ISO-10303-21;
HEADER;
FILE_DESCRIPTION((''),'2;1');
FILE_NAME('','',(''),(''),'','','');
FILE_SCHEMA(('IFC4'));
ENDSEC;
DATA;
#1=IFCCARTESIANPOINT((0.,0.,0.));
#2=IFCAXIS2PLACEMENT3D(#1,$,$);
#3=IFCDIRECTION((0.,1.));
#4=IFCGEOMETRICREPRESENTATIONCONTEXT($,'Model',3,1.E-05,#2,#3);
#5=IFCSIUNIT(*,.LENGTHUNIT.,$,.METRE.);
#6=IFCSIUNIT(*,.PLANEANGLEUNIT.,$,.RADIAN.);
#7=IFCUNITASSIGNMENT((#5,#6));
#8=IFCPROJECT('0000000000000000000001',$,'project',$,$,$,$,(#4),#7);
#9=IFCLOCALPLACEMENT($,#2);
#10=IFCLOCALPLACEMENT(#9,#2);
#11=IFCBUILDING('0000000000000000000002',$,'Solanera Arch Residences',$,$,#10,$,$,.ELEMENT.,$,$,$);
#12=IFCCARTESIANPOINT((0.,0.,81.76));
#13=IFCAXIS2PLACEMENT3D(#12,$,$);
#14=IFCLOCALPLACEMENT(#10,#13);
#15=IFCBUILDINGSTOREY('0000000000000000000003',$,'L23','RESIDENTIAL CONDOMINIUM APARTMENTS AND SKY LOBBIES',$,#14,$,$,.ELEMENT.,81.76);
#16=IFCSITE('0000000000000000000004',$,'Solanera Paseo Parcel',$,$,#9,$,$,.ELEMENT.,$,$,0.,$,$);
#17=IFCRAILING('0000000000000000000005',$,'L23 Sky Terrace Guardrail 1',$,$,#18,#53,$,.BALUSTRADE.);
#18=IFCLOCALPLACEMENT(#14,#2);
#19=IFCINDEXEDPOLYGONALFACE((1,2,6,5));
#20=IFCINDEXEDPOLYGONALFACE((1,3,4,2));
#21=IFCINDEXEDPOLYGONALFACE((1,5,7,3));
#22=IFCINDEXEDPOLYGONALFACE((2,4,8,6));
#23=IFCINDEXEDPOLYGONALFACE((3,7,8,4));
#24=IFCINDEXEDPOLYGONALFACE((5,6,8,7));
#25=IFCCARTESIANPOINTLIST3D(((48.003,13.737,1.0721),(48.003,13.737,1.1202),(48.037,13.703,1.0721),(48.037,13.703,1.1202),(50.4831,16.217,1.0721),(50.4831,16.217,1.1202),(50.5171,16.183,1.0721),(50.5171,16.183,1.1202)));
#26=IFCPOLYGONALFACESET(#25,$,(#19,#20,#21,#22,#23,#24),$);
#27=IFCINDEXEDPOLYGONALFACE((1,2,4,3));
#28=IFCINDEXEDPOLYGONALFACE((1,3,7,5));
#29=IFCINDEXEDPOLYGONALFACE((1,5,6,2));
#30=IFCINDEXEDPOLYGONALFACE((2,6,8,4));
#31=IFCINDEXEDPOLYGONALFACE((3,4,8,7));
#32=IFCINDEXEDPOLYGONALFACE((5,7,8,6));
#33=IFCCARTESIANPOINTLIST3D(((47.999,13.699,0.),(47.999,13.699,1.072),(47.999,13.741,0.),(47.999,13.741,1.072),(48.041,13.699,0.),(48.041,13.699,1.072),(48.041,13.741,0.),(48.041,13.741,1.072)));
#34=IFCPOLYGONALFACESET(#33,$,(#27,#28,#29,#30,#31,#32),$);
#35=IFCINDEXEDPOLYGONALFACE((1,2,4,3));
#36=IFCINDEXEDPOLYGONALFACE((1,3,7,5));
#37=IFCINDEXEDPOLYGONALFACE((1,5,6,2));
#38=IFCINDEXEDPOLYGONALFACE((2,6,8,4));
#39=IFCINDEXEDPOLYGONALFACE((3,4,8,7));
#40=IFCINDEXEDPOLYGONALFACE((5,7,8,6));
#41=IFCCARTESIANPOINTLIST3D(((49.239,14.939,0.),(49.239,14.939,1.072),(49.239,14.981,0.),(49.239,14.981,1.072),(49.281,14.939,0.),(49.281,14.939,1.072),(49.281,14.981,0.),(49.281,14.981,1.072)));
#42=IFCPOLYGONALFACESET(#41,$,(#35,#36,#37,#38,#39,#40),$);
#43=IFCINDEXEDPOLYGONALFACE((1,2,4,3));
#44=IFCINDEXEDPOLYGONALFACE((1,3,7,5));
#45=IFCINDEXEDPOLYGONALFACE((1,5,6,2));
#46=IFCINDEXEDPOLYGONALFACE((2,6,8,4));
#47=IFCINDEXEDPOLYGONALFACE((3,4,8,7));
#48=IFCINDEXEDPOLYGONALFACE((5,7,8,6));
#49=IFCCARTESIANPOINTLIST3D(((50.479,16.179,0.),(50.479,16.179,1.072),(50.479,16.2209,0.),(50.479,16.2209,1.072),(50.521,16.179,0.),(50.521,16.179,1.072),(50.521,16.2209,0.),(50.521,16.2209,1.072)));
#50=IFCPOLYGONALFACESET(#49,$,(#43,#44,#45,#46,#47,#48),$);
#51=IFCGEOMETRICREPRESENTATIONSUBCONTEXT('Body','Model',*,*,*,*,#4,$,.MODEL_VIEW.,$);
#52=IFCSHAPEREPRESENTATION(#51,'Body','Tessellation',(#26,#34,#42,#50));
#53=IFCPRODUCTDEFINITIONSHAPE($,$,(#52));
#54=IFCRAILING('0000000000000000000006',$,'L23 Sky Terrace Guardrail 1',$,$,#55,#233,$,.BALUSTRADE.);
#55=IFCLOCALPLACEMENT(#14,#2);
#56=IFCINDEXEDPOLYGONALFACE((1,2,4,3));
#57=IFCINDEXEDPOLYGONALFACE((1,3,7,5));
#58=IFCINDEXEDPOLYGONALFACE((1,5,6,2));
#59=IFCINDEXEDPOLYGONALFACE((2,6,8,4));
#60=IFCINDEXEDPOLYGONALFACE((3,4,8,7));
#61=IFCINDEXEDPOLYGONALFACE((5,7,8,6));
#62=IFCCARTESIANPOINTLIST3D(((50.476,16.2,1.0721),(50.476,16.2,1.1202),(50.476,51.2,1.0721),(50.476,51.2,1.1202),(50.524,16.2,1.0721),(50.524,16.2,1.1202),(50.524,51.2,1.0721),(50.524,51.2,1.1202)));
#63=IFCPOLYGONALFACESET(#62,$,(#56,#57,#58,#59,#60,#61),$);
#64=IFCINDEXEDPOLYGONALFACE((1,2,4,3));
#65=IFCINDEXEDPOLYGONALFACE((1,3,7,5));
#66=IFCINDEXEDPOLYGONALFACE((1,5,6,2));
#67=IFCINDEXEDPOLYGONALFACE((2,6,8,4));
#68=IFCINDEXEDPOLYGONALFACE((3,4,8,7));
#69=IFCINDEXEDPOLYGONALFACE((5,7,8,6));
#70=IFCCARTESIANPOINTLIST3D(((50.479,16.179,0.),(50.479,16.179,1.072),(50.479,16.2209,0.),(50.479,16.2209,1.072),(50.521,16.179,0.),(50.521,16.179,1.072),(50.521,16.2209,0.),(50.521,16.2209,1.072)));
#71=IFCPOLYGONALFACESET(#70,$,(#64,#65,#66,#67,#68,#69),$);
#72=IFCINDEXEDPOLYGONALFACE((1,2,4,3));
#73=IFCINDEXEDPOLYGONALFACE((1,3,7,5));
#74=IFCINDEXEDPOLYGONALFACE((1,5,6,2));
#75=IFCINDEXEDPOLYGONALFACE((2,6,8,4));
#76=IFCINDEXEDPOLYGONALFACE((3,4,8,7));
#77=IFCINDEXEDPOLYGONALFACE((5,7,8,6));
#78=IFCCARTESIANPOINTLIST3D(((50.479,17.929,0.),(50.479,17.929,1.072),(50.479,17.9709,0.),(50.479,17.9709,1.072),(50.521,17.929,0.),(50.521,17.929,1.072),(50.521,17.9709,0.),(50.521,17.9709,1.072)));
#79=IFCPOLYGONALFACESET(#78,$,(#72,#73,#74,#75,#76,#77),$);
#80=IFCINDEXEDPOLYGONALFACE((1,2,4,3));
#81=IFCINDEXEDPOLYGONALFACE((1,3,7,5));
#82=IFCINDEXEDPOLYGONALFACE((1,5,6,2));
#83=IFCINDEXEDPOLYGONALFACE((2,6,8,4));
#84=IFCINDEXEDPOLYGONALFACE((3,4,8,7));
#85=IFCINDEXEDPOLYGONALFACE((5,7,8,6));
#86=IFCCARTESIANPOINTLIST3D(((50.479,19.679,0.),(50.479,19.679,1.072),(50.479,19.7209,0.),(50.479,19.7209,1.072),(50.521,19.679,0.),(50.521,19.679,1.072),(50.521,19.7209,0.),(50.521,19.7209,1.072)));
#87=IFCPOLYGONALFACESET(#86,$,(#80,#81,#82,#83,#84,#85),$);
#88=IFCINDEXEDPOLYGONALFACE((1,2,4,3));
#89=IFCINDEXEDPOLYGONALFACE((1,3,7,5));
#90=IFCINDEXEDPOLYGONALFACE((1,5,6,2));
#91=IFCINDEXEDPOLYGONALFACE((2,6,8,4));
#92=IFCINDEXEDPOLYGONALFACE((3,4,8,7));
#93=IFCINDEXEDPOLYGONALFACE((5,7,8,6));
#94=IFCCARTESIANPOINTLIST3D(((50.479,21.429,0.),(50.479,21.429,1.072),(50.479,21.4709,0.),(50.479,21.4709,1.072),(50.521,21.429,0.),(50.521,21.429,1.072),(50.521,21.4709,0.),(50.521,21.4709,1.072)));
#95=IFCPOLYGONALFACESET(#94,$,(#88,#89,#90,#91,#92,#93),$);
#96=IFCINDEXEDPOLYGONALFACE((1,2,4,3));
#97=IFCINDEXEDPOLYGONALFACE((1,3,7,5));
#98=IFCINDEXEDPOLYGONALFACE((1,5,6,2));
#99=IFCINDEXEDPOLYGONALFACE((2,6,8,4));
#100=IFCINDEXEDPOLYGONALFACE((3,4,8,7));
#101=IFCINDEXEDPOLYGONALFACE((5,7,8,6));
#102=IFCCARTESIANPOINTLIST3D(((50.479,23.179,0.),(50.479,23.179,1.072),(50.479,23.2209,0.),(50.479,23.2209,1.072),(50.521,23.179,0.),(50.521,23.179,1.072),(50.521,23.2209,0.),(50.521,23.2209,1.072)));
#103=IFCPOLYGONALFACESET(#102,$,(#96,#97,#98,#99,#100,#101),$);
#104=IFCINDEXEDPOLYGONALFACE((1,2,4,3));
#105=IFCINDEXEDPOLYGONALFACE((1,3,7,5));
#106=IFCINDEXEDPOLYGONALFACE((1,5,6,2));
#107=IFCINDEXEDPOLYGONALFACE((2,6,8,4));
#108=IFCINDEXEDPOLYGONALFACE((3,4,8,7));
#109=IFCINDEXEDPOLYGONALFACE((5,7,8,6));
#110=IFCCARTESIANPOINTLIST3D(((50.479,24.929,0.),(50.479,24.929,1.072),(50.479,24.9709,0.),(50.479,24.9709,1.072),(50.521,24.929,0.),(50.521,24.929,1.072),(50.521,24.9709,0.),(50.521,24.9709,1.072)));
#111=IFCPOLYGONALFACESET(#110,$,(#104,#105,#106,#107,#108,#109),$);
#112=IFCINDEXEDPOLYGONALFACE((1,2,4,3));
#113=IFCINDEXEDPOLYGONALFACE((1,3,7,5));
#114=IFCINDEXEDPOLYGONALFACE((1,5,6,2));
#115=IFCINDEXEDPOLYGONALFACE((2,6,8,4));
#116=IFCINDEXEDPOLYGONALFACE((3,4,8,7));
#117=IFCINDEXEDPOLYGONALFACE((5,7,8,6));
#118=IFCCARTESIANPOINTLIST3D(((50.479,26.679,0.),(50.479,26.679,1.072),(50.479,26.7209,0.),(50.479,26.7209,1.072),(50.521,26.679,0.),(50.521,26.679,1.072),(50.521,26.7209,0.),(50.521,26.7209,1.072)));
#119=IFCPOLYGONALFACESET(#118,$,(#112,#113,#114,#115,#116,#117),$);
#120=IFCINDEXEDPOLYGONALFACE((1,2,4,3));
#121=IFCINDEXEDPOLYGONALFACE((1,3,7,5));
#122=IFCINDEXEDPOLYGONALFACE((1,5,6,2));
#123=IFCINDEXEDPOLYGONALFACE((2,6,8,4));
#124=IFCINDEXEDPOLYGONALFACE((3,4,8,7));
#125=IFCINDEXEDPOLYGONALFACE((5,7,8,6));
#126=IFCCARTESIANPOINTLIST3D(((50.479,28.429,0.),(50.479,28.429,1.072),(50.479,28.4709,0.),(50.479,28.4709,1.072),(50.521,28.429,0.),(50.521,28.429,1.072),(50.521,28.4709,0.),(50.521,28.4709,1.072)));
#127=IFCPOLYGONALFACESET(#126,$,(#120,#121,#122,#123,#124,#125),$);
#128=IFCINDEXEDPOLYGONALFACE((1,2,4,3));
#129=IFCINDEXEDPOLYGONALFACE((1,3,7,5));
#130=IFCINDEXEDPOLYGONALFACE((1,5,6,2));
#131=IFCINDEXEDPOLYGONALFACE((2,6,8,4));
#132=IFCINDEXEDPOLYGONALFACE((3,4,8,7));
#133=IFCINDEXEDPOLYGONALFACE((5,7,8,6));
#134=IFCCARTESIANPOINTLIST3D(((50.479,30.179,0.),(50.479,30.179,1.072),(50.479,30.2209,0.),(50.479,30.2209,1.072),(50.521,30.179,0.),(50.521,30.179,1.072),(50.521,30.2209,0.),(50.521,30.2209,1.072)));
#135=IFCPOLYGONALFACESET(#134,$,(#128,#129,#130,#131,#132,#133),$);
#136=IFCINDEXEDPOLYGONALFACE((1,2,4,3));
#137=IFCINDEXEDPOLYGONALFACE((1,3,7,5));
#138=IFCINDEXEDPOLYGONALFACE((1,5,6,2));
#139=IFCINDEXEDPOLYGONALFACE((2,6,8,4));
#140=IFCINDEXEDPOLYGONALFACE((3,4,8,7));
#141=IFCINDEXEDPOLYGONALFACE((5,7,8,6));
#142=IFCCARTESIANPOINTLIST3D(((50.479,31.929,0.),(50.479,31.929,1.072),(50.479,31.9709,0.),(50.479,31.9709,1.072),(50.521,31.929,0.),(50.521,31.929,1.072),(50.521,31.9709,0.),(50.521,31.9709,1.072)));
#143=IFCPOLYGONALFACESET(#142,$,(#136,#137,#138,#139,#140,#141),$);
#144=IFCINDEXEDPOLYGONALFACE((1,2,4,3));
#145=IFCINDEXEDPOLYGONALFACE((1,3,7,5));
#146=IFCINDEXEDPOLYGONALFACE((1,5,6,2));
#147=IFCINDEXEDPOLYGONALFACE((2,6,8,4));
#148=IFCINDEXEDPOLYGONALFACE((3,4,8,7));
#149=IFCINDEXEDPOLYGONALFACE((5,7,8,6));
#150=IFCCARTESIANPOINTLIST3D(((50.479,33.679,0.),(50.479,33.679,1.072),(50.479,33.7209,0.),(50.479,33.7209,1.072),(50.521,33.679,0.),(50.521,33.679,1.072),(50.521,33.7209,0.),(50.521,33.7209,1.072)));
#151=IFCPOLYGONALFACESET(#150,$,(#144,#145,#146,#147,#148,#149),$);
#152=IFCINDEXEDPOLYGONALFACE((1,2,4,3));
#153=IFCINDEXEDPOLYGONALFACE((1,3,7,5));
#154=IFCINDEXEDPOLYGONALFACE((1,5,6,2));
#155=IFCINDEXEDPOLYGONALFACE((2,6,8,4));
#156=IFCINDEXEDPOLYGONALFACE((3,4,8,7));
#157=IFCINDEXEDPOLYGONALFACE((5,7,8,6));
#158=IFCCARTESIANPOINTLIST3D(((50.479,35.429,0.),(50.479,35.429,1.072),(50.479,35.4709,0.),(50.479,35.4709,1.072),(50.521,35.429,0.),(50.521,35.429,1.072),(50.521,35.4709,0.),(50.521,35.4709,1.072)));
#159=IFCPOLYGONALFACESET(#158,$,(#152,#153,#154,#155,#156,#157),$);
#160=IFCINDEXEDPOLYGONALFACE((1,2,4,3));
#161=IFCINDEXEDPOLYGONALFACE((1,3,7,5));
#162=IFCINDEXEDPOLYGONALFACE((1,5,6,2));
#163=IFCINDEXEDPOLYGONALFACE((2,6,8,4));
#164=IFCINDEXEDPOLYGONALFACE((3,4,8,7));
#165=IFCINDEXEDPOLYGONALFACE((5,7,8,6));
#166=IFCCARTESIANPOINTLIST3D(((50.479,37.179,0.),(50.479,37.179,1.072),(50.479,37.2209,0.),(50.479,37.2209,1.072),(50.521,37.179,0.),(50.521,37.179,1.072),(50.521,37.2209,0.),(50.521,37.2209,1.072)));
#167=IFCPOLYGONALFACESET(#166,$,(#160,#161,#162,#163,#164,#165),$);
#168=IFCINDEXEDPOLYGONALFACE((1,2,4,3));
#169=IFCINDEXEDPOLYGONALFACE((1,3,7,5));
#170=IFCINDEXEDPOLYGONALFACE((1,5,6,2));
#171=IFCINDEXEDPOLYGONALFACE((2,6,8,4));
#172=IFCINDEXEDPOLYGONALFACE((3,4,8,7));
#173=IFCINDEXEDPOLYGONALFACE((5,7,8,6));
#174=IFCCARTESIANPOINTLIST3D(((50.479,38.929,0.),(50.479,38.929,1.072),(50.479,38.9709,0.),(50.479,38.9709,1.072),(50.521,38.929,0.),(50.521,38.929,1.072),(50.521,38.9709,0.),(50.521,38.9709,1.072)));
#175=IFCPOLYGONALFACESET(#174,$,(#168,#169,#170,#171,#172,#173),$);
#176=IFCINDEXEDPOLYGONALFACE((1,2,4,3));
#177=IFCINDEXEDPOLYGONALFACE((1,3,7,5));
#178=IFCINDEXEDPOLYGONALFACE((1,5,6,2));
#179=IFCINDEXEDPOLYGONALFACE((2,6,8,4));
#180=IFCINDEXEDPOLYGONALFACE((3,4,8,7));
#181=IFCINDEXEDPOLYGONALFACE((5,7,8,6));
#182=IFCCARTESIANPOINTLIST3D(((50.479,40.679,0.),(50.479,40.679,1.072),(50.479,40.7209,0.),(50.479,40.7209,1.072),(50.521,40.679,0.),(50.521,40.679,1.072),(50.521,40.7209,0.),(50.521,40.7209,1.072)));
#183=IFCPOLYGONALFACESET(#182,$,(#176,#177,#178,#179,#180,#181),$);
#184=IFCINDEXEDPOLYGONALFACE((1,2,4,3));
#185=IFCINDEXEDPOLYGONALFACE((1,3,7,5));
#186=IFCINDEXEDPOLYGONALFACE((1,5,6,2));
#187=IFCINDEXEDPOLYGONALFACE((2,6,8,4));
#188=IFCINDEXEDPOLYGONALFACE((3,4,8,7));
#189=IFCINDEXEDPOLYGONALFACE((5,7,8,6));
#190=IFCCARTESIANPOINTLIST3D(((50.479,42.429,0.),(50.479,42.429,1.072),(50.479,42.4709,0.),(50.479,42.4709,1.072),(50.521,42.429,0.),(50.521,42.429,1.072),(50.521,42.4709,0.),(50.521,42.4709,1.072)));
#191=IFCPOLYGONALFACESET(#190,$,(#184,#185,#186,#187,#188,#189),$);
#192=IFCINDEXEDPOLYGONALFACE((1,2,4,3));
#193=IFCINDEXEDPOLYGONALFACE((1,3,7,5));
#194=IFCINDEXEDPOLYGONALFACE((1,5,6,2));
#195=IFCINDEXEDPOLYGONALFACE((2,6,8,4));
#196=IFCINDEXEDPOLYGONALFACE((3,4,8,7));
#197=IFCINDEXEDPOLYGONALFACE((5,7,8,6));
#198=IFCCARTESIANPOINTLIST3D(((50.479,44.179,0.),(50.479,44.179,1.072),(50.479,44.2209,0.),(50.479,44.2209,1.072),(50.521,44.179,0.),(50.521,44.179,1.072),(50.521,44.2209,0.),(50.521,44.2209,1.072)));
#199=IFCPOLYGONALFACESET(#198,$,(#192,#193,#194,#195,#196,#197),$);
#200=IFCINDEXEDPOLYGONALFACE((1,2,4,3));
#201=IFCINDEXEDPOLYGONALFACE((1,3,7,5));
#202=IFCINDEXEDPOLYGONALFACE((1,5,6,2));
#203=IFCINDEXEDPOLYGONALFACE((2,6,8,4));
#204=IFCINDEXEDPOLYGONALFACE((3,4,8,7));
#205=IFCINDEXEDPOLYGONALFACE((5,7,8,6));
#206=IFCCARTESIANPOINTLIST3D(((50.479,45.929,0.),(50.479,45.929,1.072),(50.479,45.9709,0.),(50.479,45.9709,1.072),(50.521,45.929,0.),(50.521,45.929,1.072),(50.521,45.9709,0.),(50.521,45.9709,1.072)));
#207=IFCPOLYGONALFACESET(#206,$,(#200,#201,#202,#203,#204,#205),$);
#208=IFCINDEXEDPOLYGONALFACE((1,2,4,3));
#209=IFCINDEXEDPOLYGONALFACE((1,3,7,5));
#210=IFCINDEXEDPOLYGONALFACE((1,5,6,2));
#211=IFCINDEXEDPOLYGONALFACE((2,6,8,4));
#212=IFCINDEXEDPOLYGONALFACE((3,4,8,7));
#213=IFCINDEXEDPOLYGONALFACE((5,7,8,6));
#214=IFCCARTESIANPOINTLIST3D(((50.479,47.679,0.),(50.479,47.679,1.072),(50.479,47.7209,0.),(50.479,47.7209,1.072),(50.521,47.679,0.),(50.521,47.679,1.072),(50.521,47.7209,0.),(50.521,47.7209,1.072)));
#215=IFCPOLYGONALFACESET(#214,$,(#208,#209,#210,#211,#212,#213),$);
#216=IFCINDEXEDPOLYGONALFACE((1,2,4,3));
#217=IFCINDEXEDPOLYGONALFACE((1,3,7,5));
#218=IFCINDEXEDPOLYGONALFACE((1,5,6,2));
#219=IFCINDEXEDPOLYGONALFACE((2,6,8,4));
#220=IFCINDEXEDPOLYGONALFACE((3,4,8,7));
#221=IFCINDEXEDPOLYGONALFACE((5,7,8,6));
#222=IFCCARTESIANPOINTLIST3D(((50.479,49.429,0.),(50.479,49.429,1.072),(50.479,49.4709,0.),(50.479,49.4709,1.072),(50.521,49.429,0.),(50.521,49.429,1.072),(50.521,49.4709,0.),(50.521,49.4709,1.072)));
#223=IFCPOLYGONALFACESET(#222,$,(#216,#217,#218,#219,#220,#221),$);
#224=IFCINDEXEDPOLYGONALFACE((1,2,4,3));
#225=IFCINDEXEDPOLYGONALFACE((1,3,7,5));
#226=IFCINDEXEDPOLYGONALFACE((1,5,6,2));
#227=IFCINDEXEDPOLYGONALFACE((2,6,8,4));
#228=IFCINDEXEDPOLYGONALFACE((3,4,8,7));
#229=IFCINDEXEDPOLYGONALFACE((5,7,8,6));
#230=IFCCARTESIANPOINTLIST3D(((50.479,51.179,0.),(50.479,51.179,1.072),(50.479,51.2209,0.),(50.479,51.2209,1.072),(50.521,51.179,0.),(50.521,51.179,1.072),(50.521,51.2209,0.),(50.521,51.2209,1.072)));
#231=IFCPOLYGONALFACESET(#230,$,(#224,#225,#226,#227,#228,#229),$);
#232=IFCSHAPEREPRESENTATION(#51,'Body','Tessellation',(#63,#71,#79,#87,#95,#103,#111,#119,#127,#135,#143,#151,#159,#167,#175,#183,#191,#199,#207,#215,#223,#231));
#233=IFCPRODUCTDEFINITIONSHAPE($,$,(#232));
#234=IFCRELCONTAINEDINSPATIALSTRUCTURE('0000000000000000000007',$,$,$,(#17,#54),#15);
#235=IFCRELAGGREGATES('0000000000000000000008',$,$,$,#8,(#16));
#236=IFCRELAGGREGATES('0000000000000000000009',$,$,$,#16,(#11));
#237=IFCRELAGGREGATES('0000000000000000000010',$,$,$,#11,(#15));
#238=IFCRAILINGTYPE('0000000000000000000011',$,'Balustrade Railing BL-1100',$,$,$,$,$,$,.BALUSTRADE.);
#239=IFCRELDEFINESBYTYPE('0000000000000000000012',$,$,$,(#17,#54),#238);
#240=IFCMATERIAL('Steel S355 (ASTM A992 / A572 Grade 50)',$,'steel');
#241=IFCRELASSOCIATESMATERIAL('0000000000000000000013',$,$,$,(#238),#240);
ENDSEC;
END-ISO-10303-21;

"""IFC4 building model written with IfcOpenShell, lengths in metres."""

from ifc_helpers import new_model, si_unit, direction, frame, origin, origin_2d, place, context, subcontext, project, spatial, rectangle, extrude, material, type_object, element, save


model = new_model("IFC4")

# Units and contexts
model_context = context("Model", 3, precision=1e-05, world=origin(), true_north=direction((0.0, 1.0)))
body_context = subcontext(model_context, "Body", "Model", "MODEL_VIEW")
ifc_project = project(units=[si_unit("LENGTHUNIT", "METRE"), si_unit("PLANEANGLEUNIT", "RADIAN")], contexts=[model_context])

# Site, building, storey
site_placement = place(None, origin())
site = spatial("IfcSite", under=ifc_project, at=site_placement, Name="Solanera Paseo Parcel", CompositionType="ELEMENT", RefElevation=0.0)
building_placement = place(site_placement, origin())
building = spatial("IfcBuilding", under=site, at=building_placement, Name="Solanera Arch Residences", CompositionType="ELEMENT")
storey_placement = place(building_placement, frame((0.0, 0.0, 81.76)))
storey = spatial("IfcBuildingStorey", under=building, at=storey_placement, Name="L23", Description="RESIDENTIAL CONDOMINIUM APARTMENTS AND SKY LOBBIES", CompositionType="ELEMENT", Elevation=81.76)

# Railings
ifc_material_1 = material(Name="Steel S355 (ASTM A992 / A572 Grade 50)", Category="steel")
railing_type = type_object("IfcRailingType", Name="Balustrade Railing BL-1100", PredefinedType="BALUSTRADE", material=ifc_material_1)
railing_1_placement = place(storey_placement, frame((48.02, 13.72, 0.0)))
element("IfcRailing", 1, at=railing_1_placement, inside=storey, type_object=railing_type, Name="L23 Sky Terrace Guardrail 1", PredefinedType="BALUSTRADE", context=body_context, shape_type="SweptSolid", body=[
    extrude(rectangle(XDim=0.0481, YDim=0.0481, at=origin_2d()), frame((0.0, 0.0, 1.0962), z_axis=(0.707107, 0.707107, 0.0), x_axis=(-0.707107, 0.707107, 0.0)), (0.0, 0.0, 1.0), 3.5073),
    extrude(rectangle(XDim=0.042, YDim=0.042, at=origin_2d()), origin(), (0.0, 0.0, 1.0), 1.072),
    extrude(rectangle(XDim=0.042, YDim=0.042, at=origin_2d()), frame((1.24, 1.24, 0.0)), (0.0, 0.0, 1.0), 1.072),
    extrude(rectangle(XDim=0.042, YDim=0.042, at=origin_2d()), frame((2.48, 2.48, 0.0)), (0.0, 0.0, 1.0), 1.072),
])
railing_2_placement = place(storey_placement, frame((50.5, 16.2, 0.0)))
element("IfcRailing", 2, at=railing_2_placement, inside=storey, type_object=railing_type, Name="L23 Sky Terrace Guardrail 1", PredefinedType="BALUSTRADE", context=body_context, shape_type="SweptSolid", body=[
    extrude(rectangle(XDim=0.0481, YDim=0.0481, at=origin_2d()), frame((0.0, 0.0, 1.0962), z_axis=(0.0, 1.0, 0.0), x_axis=(-1.0, 0.0, 0.0)), (0.0, 0.0, 1.0), 35.0),
    extrude(rectangle(XDim=0.042, YDim=0.042, at=origin_2d()), origin(), (0.0, 0.0, 1.0), 1.072),
    extrude(rectangle(XDim=0.042, YDim=0.042, at=origin_2d()), frame((0.0, 1.75, 0.0)), (0.0, 0.0, 1.0), 1.072),
    extrude(rectangle(XDim=0.042, YDim=0.042, at=origin_2d()), frame((0.0, 3.5, 0.0)), (0.0, 0.0, 1.0), 1.072),
    extrude(rectangle(XDim=0.042, YDim=0.042, at=origin_2d()), frame((0.0, 5.25, 0.0)), (0.0, 0.0, 1.0), 1.072),
    extrude(rectangle(XDim=0.042, YDim=0.042, at=origin_2d()), frame((0.0, 7.0, 0.0)), (0.0, 0.0, 1.0), 1.072),
    extrude(rectangle(XDim=0.042, YDim=0.042, at=origin_2d()), frame((0.0, 8.75, 0.0)), (0.0, 0.0, 1.0), 1.072),
    extrude(rectangle(XDim=0.042, YDim=0.042, at=origin_2d()), frame((0.0, 10.5, 0.0)), (0.0, 0.0, 1.0), 1.072),
    extrude(rectangle(XDim=0.042, YDim=0.042, at=origin_2d()), frame((0.0, 12.25, 0.0)), (0.0, 0.0, 1.0), 1.072),
    extrude(rectangle(XDim=0.042, YDim=0.042, at=origin_2d()), frame((0.0, 14.0, 0.0)), (0.0, 0.0, 1.0), 1.072),
    extrude(rectangle(XDim=0.042, YDim=0.042, at=origin_2d()), frame((0.0, 15.75, 0.0)), (0.0, 0.0, 1.0), 1.072),
    extrude(rectangle(XDim=0.042, YDim=0.042, at=origin_2d()), frame((0.0, 17.5, 0.0)), (0.0, 0.0, 1.0), 1.072),
    extrude(rectangle(XDim=0.042, YDim=0.042, at=origin_2d()), frame((0.0, 19.25, 0.0)), (0.0, 0.0, 1.0), 1.072),
    extrude(rectangle(XDim=0.042, YDim=0.042, at=origin_2d()), frame((0.0, 21.0, 0.0)), (0.0, 0.0, 1.0), 1.072),
    extrude(rectangle(XDim=0.042, YDim=0.042, at=origin_2d()), frame((0.0, 22.75, 0.0)), (0.0, 0.0, 1.0), 1.072),
    extrude(rectangle(XDim=0.042, YDim=0.042, at=origin_2d()), frame((0.0, 24.5, 0.0)), (0.0, 0.0, 1.0), 1.072),
    extrude(rectangle(XDim=0.042, YDim=0.042, at=origin_2d()), frame((0.0, 26.25, 0.0)), (0.0, 0.0, 1.0), 1.072),
    extrude(rectangle(XDim=0.042, YDim=0.042, at=origin_2d()), frame((0.0, 28.0, 0.0)), (0.0, 0.0, 1.0), 1.072),
    extrude(rectangle(XDim=0.042, YDim=0.042, at=origin_2d()), frame((0.0, 29.75, 0.0)), (0.0, 0.0, 1.0), 1.072),
    extrude(rectangle(XDim=0.042, YDim=0.042, at=origin_2d()), frame((0.0, 31.5, 0.0)), (0.0, 0.0, 1.0), 1.072),
    extrude(rectangle(XDim=0.042, YDim=0.042, at=origin_2d()), frame((0.0, 33.25, 0.0)), (0.0, 0.0, 1.0), 1.072),
    extrude(rectangle(XDim=0.042, YDim=0.042, at=origin_2d()), frame((0.0, 35.0, 0.0)), (0.0, 0.0, 1.0), 1.072),
])

save(model, "model.ifc")
